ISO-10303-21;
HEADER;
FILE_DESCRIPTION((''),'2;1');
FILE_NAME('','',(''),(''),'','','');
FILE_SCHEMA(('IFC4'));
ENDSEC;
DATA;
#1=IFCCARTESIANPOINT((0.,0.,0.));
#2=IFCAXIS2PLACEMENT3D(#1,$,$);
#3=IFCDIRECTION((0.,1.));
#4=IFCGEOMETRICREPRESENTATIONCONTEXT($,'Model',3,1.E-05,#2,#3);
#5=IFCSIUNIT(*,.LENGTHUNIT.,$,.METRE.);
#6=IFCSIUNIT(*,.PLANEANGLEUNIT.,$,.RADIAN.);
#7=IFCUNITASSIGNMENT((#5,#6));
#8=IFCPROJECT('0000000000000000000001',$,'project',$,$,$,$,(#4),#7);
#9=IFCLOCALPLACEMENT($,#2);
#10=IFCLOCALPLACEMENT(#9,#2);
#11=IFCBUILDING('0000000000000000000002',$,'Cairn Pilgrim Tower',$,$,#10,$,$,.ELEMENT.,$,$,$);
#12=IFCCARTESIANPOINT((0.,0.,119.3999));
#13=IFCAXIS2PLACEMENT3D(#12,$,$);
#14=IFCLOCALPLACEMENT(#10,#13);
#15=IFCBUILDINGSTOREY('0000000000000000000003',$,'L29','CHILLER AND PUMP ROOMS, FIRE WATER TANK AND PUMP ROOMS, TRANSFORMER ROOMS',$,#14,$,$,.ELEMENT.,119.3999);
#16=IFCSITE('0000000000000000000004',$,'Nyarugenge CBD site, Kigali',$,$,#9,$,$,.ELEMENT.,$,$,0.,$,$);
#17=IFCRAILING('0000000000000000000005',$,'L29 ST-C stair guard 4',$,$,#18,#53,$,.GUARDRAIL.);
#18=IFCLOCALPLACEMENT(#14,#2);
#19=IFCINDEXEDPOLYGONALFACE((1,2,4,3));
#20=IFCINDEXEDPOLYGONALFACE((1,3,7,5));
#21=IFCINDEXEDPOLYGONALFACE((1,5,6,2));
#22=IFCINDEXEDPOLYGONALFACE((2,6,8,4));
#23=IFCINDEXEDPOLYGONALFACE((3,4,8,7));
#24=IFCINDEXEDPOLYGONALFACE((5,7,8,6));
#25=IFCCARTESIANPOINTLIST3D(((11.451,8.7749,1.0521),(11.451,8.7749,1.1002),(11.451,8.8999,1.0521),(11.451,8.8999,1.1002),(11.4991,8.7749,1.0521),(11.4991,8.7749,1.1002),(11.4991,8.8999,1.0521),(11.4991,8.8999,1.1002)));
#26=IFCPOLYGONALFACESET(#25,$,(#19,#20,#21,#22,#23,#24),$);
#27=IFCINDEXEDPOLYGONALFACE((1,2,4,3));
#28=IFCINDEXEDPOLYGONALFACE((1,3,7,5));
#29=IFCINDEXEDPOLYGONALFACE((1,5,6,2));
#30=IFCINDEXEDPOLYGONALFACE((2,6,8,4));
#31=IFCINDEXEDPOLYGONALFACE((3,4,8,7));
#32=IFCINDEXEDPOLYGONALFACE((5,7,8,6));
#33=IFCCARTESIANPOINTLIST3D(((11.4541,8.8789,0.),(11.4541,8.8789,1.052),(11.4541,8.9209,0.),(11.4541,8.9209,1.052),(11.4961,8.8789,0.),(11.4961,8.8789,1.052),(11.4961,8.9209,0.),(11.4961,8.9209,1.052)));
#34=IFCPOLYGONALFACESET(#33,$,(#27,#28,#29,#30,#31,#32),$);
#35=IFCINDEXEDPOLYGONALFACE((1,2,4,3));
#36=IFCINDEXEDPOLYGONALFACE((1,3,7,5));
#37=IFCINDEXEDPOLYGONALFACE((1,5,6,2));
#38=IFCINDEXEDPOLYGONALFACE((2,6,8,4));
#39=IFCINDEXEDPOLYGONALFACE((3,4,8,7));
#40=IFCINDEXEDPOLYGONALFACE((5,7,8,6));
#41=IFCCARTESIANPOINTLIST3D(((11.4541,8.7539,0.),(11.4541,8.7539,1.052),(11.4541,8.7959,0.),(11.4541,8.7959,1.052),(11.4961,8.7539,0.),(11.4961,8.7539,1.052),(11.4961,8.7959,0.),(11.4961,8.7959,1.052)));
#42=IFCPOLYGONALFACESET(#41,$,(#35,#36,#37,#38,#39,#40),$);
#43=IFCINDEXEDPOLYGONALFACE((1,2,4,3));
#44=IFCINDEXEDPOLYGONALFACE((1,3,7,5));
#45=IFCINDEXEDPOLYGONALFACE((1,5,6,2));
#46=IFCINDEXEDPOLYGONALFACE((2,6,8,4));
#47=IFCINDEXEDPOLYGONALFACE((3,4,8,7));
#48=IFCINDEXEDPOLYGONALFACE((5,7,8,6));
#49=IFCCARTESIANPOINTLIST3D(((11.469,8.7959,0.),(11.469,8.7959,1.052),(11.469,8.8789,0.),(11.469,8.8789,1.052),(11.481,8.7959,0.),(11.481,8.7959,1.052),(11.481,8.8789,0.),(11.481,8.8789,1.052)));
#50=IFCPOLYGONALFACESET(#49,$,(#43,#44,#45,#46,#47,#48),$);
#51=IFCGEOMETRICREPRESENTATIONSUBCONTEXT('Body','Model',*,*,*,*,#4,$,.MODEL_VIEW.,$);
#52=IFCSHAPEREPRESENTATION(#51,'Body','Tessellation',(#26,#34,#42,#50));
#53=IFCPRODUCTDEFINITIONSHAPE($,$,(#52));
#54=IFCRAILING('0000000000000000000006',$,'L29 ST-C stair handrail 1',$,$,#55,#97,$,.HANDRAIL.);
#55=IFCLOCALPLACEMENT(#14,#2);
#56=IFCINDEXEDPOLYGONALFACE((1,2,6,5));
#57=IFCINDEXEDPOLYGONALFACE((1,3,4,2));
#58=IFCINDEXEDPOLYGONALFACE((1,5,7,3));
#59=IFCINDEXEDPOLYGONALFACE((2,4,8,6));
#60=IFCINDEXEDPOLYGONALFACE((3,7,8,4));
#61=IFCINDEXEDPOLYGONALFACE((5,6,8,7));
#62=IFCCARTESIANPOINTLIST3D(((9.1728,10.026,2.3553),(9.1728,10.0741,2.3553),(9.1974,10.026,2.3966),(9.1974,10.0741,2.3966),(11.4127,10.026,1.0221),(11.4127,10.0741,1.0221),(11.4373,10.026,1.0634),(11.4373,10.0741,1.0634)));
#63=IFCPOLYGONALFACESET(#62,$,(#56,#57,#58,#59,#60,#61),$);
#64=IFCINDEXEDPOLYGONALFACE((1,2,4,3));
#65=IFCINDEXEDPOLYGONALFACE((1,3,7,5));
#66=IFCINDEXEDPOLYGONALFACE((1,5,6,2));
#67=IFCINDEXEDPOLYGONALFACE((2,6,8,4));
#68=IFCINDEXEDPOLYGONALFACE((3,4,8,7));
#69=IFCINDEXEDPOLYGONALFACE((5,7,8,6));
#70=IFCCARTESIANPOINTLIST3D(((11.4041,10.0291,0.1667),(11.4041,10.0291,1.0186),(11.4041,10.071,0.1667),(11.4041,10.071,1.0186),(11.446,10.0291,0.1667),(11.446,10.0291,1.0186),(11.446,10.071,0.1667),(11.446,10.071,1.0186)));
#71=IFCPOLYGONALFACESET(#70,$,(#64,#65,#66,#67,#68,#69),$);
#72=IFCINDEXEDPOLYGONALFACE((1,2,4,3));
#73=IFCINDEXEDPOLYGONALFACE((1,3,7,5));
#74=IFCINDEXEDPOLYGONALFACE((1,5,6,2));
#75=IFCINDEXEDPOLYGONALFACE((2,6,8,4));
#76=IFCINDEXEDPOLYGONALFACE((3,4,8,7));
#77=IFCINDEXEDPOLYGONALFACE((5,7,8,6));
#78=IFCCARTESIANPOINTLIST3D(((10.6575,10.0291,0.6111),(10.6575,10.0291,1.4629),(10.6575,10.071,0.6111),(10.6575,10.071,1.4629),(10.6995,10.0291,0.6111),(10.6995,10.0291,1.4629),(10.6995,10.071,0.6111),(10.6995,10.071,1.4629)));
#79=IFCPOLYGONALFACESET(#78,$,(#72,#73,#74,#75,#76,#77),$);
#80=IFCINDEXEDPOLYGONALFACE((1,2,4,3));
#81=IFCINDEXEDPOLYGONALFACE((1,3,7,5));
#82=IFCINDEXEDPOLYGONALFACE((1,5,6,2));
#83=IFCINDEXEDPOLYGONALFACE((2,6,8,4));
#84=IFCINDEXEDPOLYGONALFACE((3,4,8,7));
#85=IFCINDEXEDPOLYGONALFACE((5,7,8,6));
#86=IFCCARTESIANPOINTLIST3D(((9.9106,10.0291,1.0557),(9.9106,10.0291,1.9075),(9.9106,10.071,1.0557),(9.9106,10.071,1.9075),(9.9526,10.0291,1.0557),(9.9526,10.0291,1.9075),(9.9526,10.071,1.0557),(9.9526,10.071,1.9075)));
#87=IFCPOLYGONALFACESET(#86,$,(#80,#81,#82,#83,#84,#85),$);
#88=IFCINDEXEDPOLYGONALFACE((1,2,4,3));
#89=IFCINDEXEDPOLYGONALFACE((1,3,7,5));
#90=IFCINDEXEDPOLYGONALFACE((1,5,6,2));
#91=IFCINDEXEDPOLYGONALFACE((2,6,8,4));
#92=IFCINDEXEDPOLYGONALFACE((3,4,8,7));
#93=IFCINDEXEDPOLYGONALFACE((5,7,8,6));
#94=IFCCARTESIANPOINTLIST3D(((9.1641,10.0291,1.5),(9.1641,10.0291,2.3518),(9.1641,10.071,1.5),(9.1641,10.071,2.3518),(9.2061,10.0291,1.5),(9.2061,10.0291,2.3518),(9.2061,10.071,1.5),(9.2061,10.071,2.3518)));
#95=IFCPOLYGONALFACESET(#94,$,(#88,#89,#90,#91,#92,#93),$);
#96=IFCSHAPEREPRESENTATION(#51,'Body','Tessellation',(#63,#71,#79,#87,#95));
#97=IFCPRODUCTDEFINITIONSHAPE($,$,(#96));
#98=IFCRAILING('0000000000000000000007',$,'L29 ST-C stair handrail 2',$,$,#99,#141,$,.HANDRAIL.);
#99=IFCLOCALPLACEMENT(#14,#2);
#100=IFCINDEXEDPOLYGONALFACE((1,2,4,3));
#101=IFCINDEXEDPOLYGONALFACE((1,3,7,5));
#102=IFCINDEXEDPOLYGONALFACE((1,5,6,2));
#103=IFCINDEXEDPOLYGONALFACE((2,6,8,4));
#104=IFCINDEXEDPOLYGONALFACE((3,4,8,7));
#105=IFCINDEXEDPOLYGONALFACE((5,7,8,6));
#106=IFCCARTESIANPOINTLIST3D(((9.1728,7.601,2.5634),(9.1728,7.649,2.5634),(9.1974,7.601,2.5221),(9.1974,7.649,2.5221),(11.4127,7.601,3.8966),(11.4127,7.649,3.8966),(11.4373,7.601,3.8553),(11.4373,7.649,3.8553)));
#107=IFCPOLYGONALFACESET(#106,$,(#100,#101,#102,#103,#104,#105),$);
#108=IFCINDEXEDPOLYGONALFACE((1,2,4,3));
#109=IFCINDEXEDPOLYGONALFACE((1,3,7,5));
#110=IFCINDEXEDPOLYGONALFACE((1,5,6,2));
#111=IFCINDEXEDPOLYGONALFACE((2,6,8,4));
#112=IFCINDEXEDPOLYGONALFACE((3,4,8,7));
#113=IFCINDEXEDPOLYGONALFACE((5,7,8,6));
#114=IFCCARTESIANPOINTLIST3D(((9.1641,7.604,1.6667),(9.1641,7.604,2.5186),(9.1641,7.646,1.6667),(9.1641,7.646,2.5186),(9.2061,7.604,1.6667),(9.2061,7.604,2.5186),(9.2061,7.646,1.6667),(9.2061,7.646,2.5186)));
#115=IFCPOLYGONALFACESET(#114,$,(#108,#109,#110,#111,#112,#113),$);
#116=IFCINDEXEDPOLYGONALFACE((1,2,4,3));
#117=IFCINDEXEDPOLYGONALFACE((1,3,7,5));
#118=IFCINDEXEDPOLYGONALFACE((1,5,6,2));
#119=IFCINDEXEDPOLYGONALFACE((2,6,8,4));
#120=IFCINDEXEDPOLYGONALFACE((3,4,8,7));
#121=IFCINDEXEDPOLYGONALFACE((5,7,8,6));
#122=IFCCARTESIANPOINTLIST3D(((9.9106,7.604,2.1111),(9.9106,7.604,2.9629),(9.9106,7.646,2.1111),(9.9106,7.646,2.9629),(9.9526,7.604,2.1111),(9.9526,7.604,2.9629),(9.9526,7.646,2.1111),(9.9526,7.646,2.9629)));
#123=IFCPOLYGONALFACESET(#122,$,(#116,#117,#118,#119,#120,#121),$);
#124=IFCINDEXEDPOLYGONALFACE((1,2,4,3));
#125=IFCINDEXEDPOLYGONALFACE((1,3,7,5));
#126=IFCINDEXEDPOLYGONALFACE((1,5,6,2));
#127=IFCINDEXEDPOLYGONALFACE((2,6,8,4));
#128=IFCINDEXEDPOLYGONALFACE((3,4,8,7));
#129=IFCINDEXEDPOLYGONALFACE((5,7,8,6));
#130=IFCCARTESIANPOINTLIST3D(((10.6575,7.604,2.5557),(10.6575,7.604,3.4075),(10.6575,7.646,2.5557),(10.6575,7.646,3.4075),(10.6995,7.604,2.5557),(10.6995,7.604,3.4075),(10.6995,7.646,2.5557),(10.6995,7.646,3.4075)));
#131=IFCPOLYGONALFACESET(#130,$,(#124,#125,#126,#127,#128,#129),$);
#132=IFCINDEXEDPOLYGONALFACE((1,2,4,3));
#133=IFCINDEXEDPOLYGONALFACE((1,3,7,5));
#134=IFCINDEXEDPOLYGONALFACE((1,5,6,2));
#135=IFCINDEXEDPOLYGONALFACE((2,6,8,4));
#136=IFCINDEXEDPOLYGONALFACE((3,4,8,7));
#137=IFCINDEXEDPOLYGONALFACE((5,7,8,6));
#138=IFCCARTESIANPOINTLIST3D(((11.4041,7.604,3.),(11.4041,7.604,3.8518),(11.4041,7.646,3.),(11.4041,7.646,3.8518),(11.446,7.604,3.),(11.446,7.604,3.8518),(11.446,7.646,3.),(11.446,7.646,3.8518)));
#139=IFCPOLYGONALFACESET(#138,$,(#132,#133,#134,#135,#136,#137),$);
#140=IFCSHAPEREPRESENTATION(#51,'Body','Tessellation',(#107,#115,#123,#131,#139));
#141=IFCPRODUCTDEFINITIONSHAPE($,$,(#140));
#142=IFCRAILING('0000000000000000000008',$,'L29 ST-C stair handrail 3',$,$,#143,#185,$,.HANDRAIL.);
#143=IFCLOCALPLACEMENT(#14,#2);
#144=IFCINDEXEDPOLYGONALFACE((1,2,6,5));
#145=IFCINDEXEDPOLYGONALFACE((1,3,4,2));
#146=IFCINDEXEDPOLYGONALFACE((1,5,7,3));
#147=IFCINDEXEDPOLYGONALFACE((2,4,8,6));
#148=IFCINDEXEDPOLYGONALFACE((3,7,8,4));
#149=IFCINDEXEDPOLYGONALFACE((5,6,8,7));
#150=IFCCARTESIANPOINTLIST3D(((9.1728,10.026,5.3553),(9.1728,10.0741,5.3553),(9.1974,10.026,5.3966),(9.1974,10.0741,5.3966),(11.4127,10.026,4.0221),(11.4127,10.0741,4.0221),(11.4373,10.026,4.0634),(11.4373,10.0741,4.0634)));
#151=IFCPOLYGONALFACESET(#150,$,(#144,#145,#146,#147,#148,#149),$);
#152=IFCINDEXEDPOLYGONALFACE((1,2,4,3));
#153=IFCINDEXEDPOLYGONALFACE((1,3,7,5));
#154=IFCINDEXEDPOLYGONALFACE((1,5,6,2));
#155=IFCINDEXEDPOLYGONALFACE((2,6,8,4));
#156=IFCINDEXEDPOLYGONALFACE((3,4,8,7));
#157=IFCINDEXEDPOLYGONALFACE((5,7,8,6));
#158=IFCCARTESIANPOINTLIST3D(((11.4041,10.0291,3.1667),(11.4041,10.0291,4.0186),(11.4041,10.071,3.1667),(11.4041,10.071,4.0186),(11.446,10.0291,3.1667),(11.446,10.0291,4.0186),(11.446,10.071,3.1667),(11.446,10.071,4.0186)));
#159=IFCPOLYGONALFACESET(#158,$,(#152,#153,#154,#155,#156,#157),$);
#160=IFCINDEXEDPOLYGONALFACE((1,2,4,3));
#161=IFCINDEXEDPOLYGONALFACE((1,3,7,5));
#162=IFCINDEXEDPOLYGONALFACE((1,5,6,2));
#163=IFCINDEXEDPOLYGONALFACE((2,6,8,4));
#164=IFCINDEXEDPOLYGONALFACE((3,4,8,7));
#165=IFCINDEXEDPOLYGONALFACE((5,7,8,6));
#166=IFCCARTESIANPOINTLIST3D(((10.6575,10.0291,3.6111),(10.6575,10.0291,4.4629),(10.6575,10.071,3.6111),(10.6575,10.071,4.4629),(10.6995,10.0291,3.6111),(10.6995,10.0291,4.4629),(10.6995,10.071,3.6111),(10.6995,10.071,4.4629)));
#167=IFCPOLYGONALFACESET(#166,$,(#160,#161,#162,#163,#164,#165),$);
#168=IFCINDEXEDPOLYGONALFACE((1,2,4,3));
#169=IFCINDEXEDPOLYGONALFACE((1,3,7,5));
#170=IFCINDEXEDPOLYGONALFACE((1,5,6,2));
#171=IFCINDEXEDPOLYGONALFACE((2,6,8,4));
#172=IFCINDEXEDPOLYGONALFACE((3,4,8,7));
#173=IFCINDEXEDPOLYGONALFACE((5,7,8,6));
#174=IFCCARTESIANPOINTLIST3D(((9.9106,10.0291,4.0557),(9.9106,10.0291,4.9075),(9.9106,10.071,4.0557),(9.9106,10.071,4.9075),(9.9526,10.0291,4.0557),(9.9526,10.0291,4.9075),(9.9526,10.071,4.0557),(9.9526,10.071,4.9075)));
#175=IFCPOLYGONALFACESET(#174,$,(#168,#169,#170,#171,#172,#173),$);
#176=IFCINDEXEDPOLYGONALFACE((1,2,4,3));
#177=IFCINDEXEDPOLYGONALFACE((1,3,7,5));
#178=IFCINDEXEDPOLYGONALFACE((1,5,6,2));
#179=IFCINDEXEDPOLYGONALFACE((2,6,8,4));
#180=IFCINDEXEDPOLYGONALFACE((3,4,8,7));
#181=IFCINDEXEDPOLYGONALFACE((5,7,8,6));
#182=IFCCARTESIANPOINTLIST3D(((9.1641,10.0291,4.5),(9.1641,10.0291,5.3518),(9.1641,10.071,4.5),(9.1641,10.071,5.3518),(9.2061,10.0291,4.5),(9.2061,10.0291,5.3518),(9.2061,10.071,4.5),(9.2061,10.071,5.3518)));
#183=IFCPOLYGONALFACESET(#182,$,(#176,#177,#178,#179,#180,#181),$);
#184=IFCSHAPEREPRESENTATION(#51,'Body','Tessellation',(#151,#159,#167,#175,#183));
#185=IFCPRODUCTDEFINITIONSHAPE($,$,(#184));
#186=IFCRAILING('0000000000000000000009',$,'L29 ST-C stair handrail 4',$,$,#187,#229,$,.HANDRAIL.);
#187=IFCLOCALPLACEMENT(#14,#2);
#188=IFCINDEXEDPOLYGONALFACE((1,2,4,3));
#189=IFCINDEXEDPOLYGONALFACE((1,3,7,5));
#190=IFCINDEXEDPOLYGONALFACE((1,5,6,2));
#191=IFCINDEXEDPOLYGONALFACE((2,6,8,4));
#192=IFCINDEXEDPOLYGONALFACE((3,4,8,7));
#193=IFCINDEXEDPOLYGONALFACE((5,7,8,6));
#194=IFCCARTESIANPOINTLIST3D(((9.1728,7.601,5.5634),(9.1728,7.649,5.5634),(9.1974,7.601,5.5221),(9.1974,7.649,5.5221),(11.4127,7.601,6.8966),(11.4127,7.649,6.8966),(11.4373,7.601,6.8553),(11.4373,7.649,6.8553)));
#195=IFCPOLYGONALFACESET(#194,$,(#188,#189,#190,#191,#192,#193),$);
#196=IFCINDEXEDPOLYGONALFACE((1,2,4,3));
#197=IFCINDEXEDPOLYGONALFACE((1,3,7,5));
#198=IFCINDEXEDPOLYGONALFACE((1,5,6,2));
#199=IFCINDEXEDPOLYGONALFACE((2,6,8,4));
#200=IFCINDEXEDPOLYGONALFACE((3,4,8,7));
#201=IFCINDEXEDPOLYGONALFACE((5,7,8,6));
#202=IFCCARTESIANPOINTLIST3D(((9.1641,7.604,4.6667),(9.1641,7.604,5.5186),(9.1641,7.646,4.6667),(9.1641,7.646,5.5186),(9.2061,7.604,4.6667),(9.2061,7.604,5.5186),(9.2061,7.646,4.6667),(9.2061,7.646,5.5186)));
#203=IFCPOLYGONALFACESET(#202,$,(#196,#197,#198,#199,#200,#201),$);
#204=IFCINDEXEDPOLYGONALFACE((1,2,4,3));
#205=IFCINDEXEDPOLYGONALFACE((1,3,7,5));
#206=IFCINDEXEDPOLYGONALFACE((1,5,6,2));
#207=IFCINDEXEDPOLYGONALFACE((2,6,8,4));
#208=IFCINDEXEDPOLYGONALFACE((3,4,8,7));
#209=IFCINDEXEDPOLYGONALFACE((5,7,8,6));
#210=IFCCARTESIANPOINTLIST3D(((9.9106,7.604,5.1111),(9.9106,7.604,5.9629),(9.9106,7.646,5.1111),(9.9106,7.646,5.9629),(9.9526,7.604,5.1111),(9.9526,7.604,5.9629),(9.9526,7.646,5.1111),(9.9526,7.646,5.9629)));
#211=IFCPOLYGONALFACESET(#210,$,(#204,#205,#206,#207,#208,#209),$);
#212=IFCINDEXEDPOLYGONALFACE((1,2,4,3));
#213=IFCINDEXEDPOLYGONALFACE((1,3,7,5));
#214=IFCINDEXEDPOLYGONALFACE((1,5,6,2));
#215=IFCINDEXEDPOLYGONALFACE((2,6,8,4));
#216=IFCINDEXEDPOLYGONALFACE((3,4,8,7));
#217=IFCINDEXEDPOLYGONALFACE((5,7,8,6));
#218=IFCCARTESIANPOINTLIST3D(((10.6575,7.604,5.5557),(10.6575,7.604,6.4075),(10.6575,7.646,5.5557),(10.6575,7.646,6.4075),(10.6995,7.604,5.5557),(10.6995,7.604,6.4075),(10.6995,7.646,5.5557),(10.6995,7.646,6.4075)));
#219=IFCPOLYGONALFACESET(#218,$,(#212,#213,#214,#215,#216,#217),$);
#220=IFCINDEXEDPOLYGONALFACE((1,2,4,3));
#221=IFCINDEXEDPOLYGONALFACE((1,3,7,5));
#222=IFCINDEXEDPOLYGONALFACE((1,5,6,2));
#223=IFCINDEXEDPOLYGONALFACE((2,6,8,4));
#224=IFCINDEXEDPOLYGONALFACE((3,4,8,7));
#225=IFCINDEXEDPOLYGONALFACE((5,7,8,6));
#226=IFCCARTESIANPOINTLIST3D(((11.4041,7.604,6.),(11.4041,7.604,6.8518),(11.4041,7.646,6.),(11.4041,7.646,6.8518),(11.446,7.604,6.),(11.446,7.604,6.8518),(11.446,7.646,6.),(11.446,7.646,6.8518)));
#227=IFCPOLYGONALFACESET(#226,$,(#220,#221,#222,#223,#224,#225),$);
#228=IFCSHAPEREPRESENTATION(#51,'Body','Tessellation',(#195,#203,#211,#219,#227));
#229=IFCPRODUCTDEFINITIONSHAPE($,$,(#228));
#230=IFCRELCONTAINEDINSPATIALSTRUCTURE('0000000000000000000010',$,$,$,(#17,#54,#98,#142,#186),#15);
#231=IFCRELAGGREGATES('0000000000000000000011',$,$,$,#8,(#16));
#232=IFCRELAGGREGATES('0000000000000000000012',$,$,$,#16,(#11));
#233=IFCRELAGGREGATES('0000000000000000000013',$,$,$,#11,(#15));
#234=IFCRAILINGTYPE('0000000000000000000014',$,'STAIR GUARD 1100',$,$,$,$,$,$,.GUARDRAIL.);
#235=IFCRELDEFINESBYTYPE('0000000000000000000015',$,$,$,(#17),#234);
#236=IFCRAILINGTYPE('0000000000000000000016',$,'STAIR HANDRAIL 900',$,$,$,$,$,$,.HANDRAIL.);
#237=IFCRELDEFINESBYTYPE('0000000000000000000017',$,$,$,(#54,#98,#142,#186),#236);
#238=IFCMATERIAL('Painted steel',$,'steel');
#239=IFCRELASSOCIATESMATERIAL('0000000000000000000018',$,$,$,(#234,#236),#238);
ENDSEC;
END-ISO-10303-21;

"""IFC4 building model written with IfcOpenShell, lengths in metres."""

from ifc_helpers import new_model, si_unit, direction, frame, origin, origin_2d, place, context, subcontext, project, spatial, polyline, rectangle, outline, extrude, material, type_object, element, save


model = new_model("IFC4")

# Units and contexts
model_context = context("Model", 3, precision=1e-05, world=origin(), true_north=direction((0.0, 1.0)))
body_context = subcontext(model_context, "Body", "Model", "MODEL_VIEW")
ifc_project = project(units=[si_unit("LENGTHUNIT", "METRE"), si_unit("PLANEANGLEUNIT", "RADIAN")], contexts=[model_context])

# Site, building, storey
site_placement = place(None, origin())
site = spatial("IfcSite", under=ifc_project, at=site_placement, Name="Nyarugenge CBD site, Kigali", CompositionType="ELEMENT", RefElevation=0.0)
building_placement = place(site_placement, origin())
building = spatial("IfcBuilding", under=site, at=building_placement, Name="Cairn Pilgrim Tower", CompositionType="ELEMENT")
storey_placement = place(building_placement, frame((0.0, 0.0, 119.3999)))
storey = spatial("IfcBuildingStorey", under=building, at=storey_placement, Name="L29", Description="CHILLER AND PUMP ROOMS, FIRE WATER TANK AND PUMP ROOMS, TRANSFORMER ROOMS", CompositionType="ELEMENT", Elevation=119.3999)

# Shared definitions
ifc_material_1 = material(Name="Painted steel", Category="steel")

# Railings
railing_type_1 = type_object("IfcRailingType", Name="STAIR GUARD 1100", PredefinedType="GUARDRAIL", material=ifc_material_1)
railing_1_placement = place(storey_placement, frame((11.4751, 8.8999, 0.0)))
element("IfcRailing", 1, at=railing_1_placement, inside=storey, type_object=railing_type_1, Name="L29 ST-C stair guard 4", PredefinedType="GUARDRAIL", context=body_context, shape_type="SweptSolid", body=[
    extrude(rectangle(XDim=0.0481, YDim=0.0481, at=origin_2d()), frame((0.0, 0.0, 1.0762), z_axis=(0.0, -1.0, 0.0), x_axis=(1.0, 0.0, 0.0)), (0.0, 0.0, 1.0), 0.125),
    extrude(rectangle(XDim=0.042, YDim=0.042, at=origin_2d()), origin(), (0.0, 0.0, 1.0), 1.052),
    extrude(rectangle(XDim=0.042, YDim=0.042, at=origin_2d()), frame((0.0, -0.125, 0.0)), (0.0, 0.0, 1.0), 1.052),
    extrude(outline(polyline([(0.021, 0.0), (0.104, 0.0), (0.104, 1.052), (0.021, 1.052), (0.021, 0.0)])), frame((0.0059, 0.0, 0.0), z_axis=(-1.0, 0.0, 0.0), x_axis=(0.0, -1.0, 0.0)), (0.0, 0.0, 1.0), 0.012),
])
railing_type_2 = type_object("IfcRailingType", Name="STAIR HANDRAIL 900", PredefinedType="HANDRAIL", material=ifc_material_1)
railing_2_placement = place(storey_placement, frame((11.425, 10.05, 0.1667)))
element("IfcRailing", 2, at=railing_2_placement, inside=storey, type_object=railing_type_2, Name="L29 ST-C stair handrail 1", PredefinedType="HANDRAIL", context=body_context, shape_type="SweptSolid", body=[
    extrude(rectangle(XDim=0.0481, YDim=0.0481, at=origin_2d()), frame((0.0, 0.0, 0.876), z_axis=(-0.859306, 0.0, 0.511462), x_axis=(0.0, -1.0, 0.0)), (0.0, 0.0, 1.0), 2.6067),
    extrude(rectangle(XDim=0.042, YDim=0.042, at=origin_2d()), origin(), (0.0, 0.0, 1.0), 0.8518),
    extrude(rectangle(XDim=0.042, YDim=0.042, at=origin_2d()), frame((-0.7466, 0.0, 0.4443)), (0.0, 0.0, 1.0), 0.8518),
    extrude(rectangle(XDim=0.042, YDim=0.042, at=origin_2d()), frame((-1.4934, 0.0, 0.8889)), (0.0, 0.0, 1.0), 0.8518),
    extrude(rectangle(XDim=0.042, YDim=0.042, at=origin_2d()), frame((-2.24, 0.0, 1.3333)), (0.0, 0.0, 1.0), 0.8518),
])
railing_3_placement = place(storey_placement, frame((9.1851, 7.625, 1.6667)))
element("IfcRailing", 3, at=railing_3_placement, inside=storey, type_object=railing_type_2, Name="L29 ST-C stair handrail 2", PredefinedType="HANDRAIL", context=body_context, shape_type="SweptSolid", body=[
    extrude(rectangle(XDim=0.0481, YDim=0.0481, at=origin_2d()), frame((0.0, 0.0, 0.876), z_axis=(0.859306, 0.0, 0.511462), x_axis=(0.0, 1.0, 0.0)), (0.0, 0.0, 1.0), 2.6067),
    extrude(rectangle(XDim=0.042, YDim=0.042, at=origin_2d()), origin(), (0.0, 0.0, 1.0), 0.8518),
    extrude(rectangle(XDim=0.042, YDim=0.042, at=origin_2d()), frame((0.7466, 0.0, 0.4443)), (0.0, 0.0, 1.0), 0.8518),
    extrude(rectangle(XDim=0.042, YDim=0.042, at=origin_2d()), frame((1.4934, 0.0, 0.8889)), (0.0, 0.0, 1.0), 0.8518),
    extrude(rectangle(XDim=0.042, YDim=0.042, at=origin_2d()), frame((2.24, 0.0, 1.3333)), (0.0, 0.0, 1.0), 0.8518),
])
railing_4_placement = place(storey_placement, frame((11.425, 10.05, 3.1667)))
element("IfcRailing", 4, at=railing_4_placement, inside=storey, type_object=railing_type_2, Name="L29 ST-C stair handrail 3", PredefinedType="HANDRAIL", context=body_context, shape_type="SweptSolid", body=[
    extrude(rectangle(XDim=0.0481, YDim=0.0481, at=origin_2d()), frame((0.0, 0.0, 0.876), z_axis=(-0.859306, 0.0, 0.511462), x_axis=(0.0, -1.0, 0.0)), (0.0, 0.0, 1.0), 2.6067),
    extrude(rectangle(XDim=0.042, YDim=0.042, at=origin_2d()), origin(), (0.0, 0.0, 1.0), 0.8518),
    extrude(rectangle(XDim=0.042, YDim=0.042, at=origin_2d()), frame((-0.7466, 0.0, 0.4443)), (0.0, 0.0, 1.0), 0.8518),
    extrude(rectangle(XDim=0.042, YDim=0.042, at=origin_2d()), frame((-1.4934, 0.0, 0.8889)), (0.0, 0.0, 1.0), 0.8518),
    extrude(rectangle(XDim=0.042, YDim=0.042, at=origin_2d()), frame((-2.24, 0.0, 1.3333)), (0.0, 0.0, 1.0), 0.8518),
])
railing_5_placement = place(storey_placement, frame((9.1851, 7.625, 4.6667)))
element("IfcRailing", 5, at=railing_5_placement, inside=storey, type_object=railing_type_2, Name="L29 ST-C stair handrail 4", PredefinedType="HANDRAIL", context=body_context, shape_type="SweptSolid", body=[
    extrude(rectangle(XDim=0.0481, YDim=0.0481, at=origin_2d()), frame((0.0, 0.0, 0.876), z_axis=(0.859306, 0.0, 0.511462), x_axis=(0.0, 1.0, 0.0)), (0.0, 0.0, 1.0), 2.6067),
    extrude(rectangle(XDim=0.042, YDim=0.042, at=origin_2d()), origin(), (0.0, 0.0, 1.0), 0.8518),
    extrude(rectangle(XDim=0.042, YDim=0.042, at=origin_2d()), frame((0.7466, 0.0, 0.4443)), (0.0, 0.0, 1.0), 0.8518),
    extrude(rectangle(XDim=0.042, YDim=0.042, at=origin_2d()), frame((1.4934, 0.0, 0.8889)), (0.0, 0.0, 1.0), 0.8518),
    extrude(rectangle(XDim=0.042, YDim=0.042, at=origin_2d()), frame((2.24, 0.0, 1.3333)), (0.0, 0.0, 1.0), 0.8518),
])

save(model, "model.ifc")
